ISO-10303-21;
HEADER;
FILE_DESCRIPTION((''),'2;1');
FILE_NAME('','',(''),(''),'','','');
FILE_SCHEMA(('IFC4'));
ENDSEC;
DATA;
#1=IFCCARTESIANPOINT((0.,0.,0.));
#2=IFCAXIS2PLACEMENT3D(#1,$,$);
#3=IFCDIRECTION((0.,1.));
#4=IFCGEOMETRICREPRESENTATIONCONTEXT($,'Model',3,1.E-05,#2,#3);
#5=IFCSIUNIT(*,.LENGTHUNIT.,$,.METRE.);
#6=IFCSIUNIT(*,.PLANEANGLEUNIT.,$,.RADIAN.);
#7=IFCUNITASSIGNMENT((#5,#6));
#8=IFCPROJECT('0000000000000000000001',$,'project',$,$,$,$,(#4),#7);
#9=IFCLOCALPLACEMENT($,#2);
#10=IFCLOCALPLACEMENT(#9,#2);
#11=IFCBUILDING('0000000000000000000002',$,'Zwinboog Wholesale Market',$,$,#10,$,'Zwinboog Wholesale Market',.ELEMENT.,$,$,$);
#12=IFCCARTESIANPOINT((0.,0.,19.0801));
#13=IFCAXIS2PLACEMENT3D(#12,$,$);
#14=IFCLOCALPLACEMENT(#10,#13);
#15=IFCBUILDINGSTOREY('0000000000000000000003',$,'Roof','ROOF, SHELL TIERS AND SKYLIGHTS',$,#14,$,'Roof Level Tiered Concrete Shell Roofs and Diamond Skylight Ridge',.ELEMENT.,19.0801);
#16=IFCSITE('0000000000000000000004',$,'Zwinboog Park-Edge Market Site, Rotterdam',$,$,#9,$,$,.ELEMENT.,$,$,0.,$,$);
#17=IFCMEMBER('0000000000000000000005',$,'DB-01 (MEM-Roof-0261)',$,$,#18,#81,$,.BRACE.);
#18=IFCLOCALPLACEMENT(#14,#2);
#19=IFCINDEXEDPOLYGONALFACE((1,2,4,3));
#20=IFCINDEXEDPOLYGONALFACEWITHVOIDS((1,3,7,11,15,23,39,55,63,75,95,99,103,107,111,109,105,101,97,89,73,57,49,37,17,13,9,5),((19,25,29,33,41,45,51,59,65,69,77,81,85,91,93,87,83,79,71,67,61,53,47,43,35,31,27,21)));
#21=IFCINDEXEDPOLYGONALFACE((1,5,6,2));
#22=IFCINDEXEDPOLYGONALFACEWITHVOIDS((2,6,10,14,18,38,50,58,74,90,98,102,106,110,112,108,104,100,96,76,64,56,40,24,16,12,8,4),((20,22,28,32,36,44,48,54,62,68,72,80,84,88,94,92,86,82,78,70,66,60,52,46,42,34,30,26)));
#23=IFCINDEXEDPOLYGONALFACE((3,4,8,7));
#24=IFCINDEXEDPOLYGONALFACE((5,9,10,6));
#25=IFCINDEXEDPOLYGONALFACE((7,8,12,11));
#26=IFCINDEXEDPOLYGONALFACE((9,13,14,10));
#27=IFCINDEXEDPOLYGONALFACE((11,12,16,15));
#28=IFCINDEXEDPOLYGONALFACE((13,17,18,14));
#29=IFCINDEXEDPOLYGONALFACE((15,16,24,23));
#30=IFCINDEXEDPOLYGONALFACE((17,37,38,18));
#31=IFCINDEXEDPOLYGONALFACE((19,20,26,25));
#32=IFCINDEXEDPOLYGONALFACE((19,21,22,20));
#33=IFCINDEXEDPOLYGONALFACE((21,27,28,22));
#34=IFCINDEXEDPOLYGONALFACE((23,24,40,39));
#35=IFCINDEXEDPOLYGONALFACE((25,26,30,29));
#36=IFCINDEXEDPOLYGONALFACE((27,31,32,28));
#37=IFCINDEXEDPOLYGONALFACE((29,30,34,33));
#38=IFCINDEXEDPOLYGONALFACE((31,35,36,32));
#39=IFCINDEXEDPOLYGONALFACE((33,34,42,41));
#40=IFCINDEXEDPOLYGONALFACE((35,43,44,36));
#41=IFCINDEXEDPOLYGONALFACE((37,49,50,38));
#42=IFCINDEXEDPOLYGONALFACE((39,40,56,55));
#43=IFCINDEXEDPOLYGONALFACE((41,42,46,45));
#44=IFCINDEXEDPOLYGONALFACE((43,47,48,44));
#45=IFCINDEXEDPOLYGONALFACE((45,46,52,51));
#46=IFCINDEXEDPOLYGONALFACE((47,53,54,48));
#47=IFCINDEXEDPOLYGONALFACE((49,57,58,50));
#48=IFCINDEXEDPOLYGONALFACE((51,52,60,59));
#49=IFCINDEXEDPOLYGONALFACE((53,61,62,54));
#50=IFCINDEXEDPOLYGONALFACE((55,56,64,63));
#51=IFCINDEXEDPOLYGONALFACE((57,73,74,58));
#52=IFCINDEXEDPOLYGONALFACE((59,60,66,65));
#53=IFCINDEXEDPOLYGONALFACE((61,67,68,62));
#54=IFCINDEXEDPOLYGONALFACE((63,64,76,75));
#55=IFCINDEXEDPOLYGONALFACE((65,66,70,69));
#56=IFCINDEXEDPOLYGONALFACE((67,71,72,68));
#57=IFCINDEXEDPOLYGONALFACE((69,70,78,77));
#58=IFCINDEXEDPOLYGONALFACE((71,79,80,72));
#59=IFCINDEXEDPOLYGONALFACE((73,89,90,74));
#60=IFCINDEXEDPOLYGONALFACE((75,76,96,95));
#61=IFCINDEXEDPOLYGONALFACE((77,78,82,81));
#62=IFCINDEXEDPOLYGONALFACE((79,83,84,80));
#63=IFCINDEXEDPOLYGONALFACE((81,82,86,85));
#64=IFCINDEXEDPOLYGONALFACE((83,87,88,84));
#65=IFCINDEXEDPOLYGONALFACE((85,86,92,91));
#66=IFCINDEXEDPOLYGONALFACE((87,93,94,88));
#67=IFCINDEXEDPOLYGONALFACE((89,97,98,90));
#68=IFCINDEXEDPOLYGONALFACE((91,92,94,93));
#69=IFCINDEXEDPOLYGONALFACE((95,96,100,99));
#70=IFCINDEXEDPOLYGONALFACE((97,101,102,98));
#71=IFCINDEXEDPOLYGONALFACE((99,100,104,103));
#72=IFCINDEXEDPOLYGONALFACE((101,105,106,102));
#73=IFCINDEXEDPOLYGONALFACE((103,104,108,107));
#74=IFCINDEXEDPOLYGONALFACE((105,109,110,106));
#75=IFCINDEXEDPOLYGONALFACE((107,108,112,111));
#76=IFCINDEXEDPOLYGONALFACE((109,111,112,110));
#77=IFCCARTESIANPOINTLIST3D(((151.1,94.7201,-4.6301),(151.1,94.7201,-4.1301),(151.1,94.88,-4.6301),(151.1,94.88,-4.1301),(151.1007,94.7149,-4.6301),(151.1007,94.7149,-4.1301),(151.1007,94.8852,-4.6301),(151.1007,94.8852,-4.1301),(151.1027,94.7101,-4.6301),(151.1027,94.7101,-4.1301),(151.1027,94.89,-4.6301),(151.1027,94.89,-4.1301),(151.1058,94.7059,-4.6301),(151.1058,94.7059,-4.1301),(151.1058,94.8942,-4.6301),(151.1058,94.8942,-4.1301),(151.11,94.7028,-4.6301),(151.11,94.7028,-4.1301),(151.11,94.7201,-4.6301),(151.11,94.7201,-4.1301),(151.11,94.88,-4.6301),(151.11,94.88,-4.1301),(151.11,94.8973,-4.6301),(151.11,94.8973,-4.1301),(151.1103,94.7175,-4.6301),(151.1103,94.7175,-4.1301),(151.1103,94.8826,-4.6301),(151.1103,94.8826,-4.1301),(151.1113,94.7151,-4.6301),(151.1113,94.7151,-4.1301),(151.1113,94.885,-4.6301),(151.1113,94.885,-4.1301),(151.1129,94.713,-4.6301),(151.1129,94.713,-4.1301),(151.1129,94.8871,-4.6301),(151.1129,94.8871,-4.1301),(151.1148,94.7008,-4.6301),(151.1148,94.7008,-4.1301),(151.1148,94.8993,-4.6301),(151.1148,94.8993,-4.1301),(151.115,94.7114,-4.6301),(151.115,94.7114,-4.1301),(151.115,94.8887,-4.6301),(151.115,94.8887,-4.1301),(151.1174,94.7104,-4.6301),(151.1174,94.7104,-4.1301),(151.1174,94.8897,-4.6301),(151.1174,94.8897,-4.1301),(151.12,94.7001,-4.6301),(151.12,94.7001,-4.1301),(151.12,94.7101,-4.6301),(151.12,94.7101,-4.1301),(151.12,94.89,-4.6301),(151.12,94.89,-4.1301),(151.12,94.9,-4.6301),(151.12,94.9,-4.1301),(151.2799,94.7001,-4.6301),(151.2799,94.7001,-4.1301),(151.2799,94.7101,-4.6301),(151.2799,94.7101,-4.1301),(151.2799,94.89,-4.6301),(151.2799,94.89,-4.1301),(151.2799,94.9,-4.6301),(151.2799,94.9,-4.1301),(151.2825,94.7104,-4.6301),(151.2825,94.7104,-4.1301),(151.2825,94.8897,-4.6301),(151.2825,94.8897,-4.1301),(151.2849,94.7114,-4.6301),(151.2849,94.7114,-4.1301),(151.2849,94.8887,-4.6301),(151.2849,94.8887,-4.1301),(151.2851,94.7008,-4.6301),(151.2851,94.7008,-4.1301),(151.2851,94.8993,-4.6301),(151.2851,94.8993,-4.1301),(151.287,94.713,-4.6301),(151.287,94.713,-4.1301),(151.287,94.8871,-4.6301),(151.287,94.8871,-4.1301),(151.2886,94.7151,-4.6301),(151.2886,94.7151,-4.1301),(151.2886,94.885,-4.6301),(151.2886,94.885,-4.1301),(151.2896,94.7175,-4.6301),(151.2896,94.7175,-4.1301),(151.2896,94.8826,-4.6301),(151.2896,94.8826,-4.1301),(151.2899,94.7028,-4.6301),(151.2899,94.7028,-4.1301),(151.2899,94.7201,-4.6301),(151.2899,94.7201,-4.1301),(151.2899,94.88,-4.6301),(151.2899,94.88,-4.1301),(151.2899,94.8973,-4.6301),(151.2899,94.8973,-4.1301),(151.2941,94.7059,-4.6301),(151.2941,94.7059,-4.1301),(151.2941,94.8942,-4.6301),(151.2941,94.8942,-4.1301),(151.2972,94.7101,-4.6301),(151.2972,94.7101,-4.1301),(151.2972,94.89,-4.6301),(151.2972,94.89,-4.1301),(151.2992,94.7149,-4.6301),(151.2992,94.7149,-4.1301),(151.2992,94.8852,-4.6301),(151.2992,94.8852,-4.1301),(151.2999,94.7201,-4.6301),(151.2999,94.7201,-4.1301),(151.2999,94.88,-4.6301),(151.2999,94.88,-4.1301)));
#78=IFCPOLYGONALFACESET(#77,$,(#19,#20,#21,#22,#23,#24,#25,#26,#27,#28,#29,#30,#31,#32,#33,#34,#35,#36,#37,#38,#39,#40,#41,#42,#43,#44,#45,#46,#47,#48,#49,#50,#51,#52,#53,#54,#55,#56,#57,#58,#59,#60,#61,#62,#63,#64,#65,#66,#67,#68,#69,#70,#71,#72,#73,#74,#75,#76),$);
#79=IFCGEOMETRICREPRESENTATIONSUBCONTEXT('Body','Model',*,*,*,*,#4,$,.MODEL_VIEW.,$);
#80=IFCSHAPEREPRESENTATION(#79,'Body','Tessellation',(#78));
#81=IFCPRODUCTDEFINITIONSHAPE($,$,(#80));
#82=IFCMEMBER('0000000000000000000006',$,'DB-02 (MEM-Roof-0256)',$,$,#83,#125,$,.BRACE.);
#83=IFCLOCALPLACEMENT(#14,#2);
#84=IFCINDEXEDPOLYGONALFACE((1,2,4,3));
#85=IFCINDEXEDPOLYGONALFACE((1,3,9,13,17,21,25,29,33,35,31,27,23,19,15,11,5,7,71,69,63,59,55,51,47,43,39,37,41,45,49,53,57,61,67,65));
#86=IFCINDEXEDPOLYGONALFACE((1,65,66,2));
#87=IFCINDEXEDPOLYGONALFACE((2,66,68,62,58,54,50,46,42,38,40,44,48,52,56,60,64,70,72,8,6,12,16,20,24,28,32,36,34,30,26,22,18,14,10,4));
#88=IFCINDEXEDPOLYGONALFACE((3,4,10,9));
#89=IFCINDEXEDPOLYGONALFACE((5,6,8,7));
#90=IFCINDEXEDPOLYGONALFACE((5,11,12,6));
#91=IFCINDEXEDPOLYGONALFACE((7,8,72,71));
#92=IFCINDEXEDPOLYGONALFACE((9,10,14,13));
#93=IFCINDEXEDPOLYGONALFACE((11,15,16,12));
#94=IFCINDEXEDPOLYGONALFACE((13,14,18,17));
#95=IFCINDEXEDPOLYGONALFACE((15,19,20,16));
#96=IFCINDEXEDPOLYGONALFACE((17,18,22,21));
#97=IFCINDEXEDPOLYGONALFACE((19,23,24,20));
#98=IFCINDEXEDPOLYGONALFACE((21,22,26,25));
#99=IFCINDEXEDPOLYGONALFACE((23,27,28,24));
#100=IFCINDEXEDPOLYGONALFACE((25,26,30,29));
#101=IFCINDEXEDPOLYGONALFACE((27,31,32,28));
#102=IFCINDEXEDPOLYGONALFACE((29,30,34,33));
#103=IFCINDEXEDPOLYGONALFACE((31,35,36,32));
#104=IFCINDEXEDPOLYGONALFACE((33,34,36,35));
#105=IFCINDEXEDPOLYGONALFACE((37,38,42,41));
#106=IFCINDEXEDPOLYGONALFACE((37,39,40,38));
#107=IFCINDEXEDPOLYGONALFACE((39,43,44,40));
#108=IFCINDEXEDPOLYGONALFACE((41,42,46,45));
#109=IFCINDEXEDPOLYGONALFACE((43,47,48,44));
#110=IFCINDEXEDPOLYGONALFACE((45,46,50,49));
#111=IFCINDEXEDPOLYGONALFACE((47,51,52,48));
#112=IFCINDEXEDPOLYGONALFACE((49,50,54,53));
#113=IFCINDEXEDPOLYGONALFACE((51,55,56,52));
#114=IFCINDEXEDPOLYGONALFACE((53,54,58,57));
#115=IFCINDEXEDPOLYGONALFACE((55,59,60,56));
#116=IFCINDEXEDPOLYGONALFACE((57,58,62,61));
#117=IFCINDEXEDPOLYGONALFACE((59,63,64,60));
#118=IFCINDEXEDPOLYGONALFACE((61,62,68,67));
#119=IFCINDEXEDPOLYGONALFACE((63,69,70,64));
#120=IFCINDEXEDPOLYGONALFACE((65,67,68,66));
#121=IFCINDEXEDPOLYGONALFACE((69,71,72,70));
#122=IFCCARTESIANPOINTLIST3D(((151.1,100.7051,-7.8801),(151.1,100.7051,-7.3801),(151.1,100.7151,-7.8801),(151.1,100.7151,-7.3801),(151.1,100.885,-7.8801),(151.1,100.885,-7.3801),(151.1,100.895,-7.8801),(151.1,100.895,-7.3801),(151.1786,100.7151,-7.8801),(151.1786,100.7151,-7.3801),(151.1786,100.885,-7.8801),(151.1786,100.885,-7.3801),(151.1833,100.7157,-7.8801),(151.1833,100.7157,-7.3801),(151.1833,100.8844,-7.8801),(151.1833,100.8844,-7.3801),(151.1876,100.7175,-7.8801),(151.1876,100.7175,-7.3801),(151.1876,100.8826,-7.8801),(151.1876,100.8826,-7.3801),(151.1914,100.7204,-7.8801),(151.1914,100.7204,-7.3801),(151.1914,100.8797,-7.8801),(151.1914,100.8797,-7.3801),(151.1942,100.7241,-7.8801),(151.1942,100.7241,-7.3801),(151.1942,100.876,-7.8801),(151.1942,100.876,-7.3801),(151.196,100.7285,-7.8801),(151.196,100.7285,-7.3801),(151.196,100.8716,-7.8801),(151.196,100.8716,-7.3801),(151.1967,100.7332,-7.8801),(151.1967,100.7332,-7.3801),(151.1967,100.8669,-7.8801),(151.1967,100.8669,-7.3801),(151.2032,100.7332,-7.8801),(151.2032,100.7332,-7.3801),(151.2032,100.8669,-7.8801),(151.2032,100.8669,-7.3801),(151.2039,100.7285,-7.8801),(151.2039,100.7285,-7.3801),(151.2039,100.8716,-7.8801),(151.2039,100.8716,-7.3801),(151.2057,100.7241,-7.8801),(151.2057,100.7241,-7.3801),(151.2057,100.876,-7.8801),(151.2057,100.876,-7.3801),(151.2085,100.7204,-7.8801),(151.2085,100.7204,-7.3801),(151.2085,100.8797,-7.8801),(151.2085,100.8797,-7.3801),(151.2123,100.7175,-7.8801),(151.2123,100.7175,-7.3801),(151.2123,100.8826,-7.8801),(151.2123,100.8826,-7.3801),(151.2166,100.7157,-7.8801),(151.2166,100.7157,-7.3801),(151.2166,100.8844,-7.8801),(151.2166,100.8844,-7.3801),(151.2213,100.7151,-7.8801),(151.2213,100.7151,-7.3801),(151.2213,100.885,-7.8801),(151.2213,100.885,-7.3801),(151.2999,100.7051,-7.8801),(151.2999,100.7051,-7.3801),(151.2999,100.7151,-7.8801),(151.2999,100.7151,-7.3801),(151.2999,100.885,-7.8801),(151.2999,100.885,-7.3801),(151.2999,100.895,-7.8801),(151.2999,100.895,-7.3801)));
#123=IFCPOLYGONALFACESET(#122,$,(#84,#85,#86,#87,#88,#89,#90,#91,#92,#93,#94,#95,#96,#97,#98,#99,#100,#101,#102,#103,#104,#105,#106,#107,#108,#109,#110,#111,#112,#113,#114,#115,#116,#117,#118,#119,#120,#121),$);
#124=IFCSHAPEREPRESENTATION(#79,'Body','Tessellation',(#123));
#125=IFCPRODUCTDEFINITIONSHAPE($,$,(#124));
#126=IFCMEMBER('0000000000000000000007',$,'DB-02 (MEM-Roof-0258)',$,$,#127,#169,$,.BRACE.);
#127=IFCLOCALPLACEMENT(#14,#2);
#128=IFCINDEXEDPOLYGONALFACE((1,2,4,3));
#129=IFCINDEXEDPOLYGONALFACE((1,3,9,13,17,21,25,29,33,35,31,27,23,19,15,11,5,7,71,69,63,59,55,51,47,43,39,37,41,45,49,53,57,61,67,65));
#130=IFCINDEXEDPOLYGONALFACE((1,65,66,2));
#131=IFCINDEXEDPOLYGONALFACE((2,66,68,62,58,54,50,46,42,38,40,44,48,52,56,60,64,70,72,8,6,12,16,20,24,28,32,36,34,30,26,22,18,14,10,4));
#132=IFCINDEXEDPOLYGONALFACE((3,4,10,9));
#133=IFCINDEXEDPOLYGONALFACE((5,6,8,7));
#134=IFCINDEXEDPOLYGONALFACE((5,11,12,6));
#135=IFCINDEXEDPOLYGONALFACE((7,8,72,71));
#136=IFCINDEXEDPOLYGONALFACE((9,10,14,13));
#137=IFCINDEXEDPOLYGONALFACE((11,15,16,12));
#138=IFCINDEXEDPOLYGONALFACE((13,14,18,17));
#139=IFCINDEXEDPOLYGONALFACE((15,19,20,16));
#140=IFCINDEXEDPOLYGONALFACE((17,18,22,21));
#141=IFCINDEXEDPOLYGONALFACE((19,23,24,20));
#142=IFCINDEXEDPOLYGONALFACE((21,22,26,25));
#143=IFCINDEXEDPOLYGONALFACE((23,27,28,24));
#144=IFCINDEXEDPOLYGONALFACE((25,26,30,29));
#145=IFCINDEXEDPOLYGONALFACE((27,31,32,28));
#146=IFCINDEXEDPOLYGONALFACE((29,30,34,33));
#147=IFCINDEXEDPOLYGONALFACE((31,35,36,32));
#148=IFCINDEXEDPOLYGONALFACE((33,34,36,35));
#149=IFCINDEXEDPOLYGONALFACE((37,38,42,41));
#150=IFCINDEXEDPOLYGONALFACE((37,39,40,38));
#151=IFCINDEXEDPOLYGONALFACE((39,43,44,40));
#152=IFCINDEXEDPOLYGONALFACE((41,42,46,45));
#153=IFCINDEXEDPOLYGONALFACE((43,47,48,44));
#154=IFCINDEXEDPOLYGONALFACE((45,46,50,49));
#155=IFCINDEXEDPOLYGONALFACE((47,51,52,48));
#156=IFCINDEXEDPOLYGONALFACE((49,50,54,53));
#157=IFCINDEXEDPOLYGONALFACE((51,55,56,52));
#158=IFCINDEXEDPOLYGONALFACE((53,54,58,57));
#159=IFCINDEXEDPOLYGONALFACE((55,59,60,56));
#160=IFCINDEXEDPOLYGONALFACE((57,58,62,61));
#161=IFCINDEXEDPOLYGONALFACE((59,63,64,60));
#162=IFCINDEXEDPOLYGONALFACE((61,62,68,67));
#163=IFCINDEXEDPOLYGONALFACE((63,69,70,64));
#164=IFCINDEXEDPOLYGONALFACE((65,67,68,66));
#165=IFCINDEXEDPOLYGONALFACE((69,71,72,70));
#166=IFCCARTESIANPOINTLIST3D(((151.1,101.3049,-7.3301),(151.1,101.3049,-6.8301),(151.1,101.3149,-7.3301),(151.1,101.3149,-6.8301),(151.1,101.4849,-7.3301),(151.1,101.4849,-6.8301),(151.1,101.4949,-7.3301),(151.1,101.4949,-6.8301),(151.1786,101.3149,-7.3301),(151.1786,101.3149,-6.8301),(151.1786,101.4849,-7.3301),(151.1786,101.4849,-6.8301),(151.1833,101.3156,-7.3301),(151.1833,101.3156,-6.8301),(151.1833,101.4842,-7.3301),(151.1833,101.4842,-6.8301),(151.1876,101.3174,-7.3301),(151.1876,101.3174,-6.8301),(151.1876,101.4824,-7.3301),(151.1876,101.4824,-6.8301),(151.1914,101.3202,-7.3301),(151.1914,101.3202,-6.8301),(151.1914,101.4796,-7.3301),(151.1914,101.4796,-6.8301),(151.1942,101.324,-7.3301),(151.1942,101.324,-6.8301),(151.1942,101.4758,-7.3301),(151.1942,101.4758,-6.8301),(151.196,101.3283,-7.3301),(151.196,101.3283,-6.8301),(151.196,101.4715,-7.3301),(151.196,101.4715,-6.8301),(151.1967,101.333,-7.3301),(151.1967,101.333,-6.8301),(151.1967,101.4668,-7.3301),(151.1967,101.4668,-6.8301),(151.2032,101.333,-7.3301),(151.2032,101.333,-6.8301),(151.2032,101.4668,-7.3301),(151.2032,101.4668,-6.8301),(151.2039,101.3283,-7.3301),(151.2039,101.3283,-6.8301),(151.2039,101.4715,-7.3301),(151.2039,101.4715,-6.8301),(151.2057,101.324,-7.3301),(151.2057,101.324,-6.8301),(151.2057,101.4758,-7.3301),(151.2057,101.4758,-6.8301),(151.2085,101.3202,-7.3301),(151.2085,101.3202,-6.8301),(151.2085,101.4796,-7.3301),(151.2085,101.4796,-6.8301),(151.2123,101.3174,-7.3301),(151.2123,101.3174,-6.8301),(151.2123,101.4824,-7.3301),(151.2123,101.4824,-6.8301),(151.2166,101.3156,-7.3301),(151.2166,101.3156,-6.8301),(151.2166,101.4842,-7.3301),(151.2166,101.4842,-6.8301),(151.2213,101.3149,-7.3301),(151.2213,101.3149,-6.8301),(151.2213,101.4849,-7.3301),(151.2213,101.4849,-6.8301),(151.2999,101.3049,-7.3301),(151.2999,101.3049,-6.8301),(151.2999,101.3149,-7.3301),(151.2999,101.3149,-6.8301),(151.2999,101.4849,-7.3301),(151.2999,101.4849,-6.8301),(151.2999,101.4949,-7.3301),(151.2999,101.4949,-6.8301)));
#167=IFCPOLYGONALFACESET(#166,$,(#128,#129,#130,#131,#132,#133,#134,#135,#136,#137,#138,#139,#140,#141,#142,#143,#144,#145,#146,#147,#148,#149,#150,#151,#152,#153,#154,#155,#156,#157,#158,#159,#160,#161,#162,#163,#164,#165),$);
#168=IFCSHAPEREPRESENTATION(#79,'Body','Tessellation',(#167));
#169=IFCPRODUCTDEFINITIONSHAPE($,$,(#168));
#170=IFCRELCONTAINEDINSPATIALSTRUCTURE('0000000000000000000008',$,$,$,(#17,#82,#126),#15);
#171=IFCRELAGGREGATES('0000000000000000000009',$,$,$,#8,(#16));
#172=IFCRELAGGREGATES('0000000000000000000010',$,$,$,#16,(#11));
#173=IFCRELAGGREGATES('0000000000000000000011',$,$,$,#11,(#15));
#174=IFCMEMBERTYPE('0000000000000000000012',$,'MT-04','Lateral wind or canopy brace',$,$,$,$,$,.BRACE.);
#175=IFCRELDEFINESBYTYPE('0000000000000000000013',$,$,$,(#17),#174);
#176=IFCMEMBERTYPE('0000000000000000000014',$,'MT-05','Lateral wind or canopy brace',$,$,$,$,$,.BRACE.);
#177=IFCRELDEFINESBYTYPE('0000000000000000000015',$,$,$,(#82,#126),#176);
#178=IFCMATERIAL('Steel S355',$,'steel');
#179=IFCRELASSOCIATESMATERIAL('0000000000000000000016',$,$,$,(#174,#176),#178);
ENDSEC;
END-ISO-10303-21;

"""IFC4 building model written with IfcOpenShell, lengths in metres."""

from ifc_helpers import new_model, si_unit, direction, frame, origin, origin_2d, place, context, subcontext, project, spatial, hollow_rectangle, i_section, extrude, material, material_profile, profile_set, type_object, element, save


model = new_model("IFC4")

# Units and contexts
model_context = context("Model", 3, precision=1e-05, world=origin(), true_north=direction((0.0, 1.0)))
body_context = subcontext(model_context, "Body", "Model", "MODEL_VIEW")
ifc_project = project(units=[si_unit("LENGTHUNIT", "METRE"), si_unit("PLANEANGLEUNIT", "RADIAN")], contexts=[model_context])

# Site, building, storey
site_placement = place(None, origin())
site = spatial("IfcSite", under=ifc_project, at=site_placement, Name="Zwinboog Park-Edge Market Site, Rotterdam", CompositionType="ELEMENT", RefElevation=0.0)
building_placement = place(site_placement, origin())
building = spatial("IfcBuilding", under=site, at=building_placement, Name="Zwinboog Wholesale Market", LongName="Zwinboog Wholesale Market", CompositionType="ELEMENT")
storey_placement = place(building_placement, frame((0.0, 0.0, 19.0801)))
storey = spatial("IfcBuildingStorey", under=building, at=storey_placement, Name="Roof", Description="ROOF, SHELL TIERS AND SKYLIGHTS", LongName="Roof Level Tiered Concrete Shell Roofs and Diamond Skylight Ridge", CompositionType="ELEMENT", Elevation=19.0801)

# Members
ifc_material_1 = material(Name="Steel S355", Category="steel")
ifc_material_profile_1 = material_profile(ifc_material_1, hollow_rectangle(XDim=0.2, YDim=0.2, WallThickness=0.01, InnerFilletRadius=0.01, OuterFilletRadius=0.02, at=origin_2d()), Name="SHS 200x200x10")
ifc_profile_set_1 = profile_set([ifc_material_profile_1], Name="Steel S355")
member_type_1 = type_object("IfcMemberType", Name="MT-04", Description="Lateral wind or canopy brace", PredefinedType="BRACE", material=ifc_profile_set_1)
for number, where, z_axis, x_axis, name in (
    (1, (151.2, 94.8, -4.6301), (0.0, 0.0, 1.0), (1.0, 0.0, 0.0), "DB-01 (MEM-Roof-0261)"),
):
    element("IfcMember", number, at=place(storey_placement, frame(where, z_axis=z_axis, x_axis=x_axis)), inside=storey, type_object=member_type_1, Name=name, PredefinedType="BRACE", context=body_context, shape_type="SweptSolid", body=[
        extrude(hollow_rectangle(XDim=0.2, YDim=0.2, WallThickness=0.01, InnerFilletRadius=0.01, OuterFilletRadius=0.02, at=origin_2d()), origin(), (0.0, 0.0, 1.0), 0.5),
    ])
ifc_material_profile_2 = material_profile(ifc_material_1, i_section(OverallWidth=0.2, OverallDepth=0.1899, WebThickness=0.0066, FlangeThickness=0.01, FilletRadius=0.0181, at=origin_2d()), Name="HEA 200")
ifc_profile_set_2 = profile_set([ifc_material_profile_2], Name="Steel S355")
member_type_2 = type_object("IfcMemberType", Name="MT-05", Description="Lateral wind or canopy brace", PredefinedType="BRACE", material=ifc_profile_set_2)
for number, where, z_axis, x_axis, name in (
    (2, (151.2, 100.8, -7.8801), (0.0, 0.0, 1.0), (1.0, 0.0, 0.0), "DB-02 (MEM-Roof-0256)"),
    (3, (151.2, 101.3999, -7.3301), (0.0, 0.0, 1.0), (1.0, 0.0, 0.0), "DB-02 (MEM-Roof-0258)"),
):
    element("IfcMember", number, at=place(storey_placement, frame(where, z_axis=z_axis, x_axis=x_axis)), inside=storey, type_object=member_type_2, Name=name, PredefinedType="BRACE", context=body_context, shape_type="SweptSolid", body=[
        extrude(i_section(OverallWidth=0.2, OverallDepth=0.1899, WebThickness=0.0066, FlangeThickness=0.01, FilletRadius=0.0181, at=origin_2d()), origin(), (0.0, 0.0, 1.0), 0.5),
    ])

save(model, "model.ifc")
